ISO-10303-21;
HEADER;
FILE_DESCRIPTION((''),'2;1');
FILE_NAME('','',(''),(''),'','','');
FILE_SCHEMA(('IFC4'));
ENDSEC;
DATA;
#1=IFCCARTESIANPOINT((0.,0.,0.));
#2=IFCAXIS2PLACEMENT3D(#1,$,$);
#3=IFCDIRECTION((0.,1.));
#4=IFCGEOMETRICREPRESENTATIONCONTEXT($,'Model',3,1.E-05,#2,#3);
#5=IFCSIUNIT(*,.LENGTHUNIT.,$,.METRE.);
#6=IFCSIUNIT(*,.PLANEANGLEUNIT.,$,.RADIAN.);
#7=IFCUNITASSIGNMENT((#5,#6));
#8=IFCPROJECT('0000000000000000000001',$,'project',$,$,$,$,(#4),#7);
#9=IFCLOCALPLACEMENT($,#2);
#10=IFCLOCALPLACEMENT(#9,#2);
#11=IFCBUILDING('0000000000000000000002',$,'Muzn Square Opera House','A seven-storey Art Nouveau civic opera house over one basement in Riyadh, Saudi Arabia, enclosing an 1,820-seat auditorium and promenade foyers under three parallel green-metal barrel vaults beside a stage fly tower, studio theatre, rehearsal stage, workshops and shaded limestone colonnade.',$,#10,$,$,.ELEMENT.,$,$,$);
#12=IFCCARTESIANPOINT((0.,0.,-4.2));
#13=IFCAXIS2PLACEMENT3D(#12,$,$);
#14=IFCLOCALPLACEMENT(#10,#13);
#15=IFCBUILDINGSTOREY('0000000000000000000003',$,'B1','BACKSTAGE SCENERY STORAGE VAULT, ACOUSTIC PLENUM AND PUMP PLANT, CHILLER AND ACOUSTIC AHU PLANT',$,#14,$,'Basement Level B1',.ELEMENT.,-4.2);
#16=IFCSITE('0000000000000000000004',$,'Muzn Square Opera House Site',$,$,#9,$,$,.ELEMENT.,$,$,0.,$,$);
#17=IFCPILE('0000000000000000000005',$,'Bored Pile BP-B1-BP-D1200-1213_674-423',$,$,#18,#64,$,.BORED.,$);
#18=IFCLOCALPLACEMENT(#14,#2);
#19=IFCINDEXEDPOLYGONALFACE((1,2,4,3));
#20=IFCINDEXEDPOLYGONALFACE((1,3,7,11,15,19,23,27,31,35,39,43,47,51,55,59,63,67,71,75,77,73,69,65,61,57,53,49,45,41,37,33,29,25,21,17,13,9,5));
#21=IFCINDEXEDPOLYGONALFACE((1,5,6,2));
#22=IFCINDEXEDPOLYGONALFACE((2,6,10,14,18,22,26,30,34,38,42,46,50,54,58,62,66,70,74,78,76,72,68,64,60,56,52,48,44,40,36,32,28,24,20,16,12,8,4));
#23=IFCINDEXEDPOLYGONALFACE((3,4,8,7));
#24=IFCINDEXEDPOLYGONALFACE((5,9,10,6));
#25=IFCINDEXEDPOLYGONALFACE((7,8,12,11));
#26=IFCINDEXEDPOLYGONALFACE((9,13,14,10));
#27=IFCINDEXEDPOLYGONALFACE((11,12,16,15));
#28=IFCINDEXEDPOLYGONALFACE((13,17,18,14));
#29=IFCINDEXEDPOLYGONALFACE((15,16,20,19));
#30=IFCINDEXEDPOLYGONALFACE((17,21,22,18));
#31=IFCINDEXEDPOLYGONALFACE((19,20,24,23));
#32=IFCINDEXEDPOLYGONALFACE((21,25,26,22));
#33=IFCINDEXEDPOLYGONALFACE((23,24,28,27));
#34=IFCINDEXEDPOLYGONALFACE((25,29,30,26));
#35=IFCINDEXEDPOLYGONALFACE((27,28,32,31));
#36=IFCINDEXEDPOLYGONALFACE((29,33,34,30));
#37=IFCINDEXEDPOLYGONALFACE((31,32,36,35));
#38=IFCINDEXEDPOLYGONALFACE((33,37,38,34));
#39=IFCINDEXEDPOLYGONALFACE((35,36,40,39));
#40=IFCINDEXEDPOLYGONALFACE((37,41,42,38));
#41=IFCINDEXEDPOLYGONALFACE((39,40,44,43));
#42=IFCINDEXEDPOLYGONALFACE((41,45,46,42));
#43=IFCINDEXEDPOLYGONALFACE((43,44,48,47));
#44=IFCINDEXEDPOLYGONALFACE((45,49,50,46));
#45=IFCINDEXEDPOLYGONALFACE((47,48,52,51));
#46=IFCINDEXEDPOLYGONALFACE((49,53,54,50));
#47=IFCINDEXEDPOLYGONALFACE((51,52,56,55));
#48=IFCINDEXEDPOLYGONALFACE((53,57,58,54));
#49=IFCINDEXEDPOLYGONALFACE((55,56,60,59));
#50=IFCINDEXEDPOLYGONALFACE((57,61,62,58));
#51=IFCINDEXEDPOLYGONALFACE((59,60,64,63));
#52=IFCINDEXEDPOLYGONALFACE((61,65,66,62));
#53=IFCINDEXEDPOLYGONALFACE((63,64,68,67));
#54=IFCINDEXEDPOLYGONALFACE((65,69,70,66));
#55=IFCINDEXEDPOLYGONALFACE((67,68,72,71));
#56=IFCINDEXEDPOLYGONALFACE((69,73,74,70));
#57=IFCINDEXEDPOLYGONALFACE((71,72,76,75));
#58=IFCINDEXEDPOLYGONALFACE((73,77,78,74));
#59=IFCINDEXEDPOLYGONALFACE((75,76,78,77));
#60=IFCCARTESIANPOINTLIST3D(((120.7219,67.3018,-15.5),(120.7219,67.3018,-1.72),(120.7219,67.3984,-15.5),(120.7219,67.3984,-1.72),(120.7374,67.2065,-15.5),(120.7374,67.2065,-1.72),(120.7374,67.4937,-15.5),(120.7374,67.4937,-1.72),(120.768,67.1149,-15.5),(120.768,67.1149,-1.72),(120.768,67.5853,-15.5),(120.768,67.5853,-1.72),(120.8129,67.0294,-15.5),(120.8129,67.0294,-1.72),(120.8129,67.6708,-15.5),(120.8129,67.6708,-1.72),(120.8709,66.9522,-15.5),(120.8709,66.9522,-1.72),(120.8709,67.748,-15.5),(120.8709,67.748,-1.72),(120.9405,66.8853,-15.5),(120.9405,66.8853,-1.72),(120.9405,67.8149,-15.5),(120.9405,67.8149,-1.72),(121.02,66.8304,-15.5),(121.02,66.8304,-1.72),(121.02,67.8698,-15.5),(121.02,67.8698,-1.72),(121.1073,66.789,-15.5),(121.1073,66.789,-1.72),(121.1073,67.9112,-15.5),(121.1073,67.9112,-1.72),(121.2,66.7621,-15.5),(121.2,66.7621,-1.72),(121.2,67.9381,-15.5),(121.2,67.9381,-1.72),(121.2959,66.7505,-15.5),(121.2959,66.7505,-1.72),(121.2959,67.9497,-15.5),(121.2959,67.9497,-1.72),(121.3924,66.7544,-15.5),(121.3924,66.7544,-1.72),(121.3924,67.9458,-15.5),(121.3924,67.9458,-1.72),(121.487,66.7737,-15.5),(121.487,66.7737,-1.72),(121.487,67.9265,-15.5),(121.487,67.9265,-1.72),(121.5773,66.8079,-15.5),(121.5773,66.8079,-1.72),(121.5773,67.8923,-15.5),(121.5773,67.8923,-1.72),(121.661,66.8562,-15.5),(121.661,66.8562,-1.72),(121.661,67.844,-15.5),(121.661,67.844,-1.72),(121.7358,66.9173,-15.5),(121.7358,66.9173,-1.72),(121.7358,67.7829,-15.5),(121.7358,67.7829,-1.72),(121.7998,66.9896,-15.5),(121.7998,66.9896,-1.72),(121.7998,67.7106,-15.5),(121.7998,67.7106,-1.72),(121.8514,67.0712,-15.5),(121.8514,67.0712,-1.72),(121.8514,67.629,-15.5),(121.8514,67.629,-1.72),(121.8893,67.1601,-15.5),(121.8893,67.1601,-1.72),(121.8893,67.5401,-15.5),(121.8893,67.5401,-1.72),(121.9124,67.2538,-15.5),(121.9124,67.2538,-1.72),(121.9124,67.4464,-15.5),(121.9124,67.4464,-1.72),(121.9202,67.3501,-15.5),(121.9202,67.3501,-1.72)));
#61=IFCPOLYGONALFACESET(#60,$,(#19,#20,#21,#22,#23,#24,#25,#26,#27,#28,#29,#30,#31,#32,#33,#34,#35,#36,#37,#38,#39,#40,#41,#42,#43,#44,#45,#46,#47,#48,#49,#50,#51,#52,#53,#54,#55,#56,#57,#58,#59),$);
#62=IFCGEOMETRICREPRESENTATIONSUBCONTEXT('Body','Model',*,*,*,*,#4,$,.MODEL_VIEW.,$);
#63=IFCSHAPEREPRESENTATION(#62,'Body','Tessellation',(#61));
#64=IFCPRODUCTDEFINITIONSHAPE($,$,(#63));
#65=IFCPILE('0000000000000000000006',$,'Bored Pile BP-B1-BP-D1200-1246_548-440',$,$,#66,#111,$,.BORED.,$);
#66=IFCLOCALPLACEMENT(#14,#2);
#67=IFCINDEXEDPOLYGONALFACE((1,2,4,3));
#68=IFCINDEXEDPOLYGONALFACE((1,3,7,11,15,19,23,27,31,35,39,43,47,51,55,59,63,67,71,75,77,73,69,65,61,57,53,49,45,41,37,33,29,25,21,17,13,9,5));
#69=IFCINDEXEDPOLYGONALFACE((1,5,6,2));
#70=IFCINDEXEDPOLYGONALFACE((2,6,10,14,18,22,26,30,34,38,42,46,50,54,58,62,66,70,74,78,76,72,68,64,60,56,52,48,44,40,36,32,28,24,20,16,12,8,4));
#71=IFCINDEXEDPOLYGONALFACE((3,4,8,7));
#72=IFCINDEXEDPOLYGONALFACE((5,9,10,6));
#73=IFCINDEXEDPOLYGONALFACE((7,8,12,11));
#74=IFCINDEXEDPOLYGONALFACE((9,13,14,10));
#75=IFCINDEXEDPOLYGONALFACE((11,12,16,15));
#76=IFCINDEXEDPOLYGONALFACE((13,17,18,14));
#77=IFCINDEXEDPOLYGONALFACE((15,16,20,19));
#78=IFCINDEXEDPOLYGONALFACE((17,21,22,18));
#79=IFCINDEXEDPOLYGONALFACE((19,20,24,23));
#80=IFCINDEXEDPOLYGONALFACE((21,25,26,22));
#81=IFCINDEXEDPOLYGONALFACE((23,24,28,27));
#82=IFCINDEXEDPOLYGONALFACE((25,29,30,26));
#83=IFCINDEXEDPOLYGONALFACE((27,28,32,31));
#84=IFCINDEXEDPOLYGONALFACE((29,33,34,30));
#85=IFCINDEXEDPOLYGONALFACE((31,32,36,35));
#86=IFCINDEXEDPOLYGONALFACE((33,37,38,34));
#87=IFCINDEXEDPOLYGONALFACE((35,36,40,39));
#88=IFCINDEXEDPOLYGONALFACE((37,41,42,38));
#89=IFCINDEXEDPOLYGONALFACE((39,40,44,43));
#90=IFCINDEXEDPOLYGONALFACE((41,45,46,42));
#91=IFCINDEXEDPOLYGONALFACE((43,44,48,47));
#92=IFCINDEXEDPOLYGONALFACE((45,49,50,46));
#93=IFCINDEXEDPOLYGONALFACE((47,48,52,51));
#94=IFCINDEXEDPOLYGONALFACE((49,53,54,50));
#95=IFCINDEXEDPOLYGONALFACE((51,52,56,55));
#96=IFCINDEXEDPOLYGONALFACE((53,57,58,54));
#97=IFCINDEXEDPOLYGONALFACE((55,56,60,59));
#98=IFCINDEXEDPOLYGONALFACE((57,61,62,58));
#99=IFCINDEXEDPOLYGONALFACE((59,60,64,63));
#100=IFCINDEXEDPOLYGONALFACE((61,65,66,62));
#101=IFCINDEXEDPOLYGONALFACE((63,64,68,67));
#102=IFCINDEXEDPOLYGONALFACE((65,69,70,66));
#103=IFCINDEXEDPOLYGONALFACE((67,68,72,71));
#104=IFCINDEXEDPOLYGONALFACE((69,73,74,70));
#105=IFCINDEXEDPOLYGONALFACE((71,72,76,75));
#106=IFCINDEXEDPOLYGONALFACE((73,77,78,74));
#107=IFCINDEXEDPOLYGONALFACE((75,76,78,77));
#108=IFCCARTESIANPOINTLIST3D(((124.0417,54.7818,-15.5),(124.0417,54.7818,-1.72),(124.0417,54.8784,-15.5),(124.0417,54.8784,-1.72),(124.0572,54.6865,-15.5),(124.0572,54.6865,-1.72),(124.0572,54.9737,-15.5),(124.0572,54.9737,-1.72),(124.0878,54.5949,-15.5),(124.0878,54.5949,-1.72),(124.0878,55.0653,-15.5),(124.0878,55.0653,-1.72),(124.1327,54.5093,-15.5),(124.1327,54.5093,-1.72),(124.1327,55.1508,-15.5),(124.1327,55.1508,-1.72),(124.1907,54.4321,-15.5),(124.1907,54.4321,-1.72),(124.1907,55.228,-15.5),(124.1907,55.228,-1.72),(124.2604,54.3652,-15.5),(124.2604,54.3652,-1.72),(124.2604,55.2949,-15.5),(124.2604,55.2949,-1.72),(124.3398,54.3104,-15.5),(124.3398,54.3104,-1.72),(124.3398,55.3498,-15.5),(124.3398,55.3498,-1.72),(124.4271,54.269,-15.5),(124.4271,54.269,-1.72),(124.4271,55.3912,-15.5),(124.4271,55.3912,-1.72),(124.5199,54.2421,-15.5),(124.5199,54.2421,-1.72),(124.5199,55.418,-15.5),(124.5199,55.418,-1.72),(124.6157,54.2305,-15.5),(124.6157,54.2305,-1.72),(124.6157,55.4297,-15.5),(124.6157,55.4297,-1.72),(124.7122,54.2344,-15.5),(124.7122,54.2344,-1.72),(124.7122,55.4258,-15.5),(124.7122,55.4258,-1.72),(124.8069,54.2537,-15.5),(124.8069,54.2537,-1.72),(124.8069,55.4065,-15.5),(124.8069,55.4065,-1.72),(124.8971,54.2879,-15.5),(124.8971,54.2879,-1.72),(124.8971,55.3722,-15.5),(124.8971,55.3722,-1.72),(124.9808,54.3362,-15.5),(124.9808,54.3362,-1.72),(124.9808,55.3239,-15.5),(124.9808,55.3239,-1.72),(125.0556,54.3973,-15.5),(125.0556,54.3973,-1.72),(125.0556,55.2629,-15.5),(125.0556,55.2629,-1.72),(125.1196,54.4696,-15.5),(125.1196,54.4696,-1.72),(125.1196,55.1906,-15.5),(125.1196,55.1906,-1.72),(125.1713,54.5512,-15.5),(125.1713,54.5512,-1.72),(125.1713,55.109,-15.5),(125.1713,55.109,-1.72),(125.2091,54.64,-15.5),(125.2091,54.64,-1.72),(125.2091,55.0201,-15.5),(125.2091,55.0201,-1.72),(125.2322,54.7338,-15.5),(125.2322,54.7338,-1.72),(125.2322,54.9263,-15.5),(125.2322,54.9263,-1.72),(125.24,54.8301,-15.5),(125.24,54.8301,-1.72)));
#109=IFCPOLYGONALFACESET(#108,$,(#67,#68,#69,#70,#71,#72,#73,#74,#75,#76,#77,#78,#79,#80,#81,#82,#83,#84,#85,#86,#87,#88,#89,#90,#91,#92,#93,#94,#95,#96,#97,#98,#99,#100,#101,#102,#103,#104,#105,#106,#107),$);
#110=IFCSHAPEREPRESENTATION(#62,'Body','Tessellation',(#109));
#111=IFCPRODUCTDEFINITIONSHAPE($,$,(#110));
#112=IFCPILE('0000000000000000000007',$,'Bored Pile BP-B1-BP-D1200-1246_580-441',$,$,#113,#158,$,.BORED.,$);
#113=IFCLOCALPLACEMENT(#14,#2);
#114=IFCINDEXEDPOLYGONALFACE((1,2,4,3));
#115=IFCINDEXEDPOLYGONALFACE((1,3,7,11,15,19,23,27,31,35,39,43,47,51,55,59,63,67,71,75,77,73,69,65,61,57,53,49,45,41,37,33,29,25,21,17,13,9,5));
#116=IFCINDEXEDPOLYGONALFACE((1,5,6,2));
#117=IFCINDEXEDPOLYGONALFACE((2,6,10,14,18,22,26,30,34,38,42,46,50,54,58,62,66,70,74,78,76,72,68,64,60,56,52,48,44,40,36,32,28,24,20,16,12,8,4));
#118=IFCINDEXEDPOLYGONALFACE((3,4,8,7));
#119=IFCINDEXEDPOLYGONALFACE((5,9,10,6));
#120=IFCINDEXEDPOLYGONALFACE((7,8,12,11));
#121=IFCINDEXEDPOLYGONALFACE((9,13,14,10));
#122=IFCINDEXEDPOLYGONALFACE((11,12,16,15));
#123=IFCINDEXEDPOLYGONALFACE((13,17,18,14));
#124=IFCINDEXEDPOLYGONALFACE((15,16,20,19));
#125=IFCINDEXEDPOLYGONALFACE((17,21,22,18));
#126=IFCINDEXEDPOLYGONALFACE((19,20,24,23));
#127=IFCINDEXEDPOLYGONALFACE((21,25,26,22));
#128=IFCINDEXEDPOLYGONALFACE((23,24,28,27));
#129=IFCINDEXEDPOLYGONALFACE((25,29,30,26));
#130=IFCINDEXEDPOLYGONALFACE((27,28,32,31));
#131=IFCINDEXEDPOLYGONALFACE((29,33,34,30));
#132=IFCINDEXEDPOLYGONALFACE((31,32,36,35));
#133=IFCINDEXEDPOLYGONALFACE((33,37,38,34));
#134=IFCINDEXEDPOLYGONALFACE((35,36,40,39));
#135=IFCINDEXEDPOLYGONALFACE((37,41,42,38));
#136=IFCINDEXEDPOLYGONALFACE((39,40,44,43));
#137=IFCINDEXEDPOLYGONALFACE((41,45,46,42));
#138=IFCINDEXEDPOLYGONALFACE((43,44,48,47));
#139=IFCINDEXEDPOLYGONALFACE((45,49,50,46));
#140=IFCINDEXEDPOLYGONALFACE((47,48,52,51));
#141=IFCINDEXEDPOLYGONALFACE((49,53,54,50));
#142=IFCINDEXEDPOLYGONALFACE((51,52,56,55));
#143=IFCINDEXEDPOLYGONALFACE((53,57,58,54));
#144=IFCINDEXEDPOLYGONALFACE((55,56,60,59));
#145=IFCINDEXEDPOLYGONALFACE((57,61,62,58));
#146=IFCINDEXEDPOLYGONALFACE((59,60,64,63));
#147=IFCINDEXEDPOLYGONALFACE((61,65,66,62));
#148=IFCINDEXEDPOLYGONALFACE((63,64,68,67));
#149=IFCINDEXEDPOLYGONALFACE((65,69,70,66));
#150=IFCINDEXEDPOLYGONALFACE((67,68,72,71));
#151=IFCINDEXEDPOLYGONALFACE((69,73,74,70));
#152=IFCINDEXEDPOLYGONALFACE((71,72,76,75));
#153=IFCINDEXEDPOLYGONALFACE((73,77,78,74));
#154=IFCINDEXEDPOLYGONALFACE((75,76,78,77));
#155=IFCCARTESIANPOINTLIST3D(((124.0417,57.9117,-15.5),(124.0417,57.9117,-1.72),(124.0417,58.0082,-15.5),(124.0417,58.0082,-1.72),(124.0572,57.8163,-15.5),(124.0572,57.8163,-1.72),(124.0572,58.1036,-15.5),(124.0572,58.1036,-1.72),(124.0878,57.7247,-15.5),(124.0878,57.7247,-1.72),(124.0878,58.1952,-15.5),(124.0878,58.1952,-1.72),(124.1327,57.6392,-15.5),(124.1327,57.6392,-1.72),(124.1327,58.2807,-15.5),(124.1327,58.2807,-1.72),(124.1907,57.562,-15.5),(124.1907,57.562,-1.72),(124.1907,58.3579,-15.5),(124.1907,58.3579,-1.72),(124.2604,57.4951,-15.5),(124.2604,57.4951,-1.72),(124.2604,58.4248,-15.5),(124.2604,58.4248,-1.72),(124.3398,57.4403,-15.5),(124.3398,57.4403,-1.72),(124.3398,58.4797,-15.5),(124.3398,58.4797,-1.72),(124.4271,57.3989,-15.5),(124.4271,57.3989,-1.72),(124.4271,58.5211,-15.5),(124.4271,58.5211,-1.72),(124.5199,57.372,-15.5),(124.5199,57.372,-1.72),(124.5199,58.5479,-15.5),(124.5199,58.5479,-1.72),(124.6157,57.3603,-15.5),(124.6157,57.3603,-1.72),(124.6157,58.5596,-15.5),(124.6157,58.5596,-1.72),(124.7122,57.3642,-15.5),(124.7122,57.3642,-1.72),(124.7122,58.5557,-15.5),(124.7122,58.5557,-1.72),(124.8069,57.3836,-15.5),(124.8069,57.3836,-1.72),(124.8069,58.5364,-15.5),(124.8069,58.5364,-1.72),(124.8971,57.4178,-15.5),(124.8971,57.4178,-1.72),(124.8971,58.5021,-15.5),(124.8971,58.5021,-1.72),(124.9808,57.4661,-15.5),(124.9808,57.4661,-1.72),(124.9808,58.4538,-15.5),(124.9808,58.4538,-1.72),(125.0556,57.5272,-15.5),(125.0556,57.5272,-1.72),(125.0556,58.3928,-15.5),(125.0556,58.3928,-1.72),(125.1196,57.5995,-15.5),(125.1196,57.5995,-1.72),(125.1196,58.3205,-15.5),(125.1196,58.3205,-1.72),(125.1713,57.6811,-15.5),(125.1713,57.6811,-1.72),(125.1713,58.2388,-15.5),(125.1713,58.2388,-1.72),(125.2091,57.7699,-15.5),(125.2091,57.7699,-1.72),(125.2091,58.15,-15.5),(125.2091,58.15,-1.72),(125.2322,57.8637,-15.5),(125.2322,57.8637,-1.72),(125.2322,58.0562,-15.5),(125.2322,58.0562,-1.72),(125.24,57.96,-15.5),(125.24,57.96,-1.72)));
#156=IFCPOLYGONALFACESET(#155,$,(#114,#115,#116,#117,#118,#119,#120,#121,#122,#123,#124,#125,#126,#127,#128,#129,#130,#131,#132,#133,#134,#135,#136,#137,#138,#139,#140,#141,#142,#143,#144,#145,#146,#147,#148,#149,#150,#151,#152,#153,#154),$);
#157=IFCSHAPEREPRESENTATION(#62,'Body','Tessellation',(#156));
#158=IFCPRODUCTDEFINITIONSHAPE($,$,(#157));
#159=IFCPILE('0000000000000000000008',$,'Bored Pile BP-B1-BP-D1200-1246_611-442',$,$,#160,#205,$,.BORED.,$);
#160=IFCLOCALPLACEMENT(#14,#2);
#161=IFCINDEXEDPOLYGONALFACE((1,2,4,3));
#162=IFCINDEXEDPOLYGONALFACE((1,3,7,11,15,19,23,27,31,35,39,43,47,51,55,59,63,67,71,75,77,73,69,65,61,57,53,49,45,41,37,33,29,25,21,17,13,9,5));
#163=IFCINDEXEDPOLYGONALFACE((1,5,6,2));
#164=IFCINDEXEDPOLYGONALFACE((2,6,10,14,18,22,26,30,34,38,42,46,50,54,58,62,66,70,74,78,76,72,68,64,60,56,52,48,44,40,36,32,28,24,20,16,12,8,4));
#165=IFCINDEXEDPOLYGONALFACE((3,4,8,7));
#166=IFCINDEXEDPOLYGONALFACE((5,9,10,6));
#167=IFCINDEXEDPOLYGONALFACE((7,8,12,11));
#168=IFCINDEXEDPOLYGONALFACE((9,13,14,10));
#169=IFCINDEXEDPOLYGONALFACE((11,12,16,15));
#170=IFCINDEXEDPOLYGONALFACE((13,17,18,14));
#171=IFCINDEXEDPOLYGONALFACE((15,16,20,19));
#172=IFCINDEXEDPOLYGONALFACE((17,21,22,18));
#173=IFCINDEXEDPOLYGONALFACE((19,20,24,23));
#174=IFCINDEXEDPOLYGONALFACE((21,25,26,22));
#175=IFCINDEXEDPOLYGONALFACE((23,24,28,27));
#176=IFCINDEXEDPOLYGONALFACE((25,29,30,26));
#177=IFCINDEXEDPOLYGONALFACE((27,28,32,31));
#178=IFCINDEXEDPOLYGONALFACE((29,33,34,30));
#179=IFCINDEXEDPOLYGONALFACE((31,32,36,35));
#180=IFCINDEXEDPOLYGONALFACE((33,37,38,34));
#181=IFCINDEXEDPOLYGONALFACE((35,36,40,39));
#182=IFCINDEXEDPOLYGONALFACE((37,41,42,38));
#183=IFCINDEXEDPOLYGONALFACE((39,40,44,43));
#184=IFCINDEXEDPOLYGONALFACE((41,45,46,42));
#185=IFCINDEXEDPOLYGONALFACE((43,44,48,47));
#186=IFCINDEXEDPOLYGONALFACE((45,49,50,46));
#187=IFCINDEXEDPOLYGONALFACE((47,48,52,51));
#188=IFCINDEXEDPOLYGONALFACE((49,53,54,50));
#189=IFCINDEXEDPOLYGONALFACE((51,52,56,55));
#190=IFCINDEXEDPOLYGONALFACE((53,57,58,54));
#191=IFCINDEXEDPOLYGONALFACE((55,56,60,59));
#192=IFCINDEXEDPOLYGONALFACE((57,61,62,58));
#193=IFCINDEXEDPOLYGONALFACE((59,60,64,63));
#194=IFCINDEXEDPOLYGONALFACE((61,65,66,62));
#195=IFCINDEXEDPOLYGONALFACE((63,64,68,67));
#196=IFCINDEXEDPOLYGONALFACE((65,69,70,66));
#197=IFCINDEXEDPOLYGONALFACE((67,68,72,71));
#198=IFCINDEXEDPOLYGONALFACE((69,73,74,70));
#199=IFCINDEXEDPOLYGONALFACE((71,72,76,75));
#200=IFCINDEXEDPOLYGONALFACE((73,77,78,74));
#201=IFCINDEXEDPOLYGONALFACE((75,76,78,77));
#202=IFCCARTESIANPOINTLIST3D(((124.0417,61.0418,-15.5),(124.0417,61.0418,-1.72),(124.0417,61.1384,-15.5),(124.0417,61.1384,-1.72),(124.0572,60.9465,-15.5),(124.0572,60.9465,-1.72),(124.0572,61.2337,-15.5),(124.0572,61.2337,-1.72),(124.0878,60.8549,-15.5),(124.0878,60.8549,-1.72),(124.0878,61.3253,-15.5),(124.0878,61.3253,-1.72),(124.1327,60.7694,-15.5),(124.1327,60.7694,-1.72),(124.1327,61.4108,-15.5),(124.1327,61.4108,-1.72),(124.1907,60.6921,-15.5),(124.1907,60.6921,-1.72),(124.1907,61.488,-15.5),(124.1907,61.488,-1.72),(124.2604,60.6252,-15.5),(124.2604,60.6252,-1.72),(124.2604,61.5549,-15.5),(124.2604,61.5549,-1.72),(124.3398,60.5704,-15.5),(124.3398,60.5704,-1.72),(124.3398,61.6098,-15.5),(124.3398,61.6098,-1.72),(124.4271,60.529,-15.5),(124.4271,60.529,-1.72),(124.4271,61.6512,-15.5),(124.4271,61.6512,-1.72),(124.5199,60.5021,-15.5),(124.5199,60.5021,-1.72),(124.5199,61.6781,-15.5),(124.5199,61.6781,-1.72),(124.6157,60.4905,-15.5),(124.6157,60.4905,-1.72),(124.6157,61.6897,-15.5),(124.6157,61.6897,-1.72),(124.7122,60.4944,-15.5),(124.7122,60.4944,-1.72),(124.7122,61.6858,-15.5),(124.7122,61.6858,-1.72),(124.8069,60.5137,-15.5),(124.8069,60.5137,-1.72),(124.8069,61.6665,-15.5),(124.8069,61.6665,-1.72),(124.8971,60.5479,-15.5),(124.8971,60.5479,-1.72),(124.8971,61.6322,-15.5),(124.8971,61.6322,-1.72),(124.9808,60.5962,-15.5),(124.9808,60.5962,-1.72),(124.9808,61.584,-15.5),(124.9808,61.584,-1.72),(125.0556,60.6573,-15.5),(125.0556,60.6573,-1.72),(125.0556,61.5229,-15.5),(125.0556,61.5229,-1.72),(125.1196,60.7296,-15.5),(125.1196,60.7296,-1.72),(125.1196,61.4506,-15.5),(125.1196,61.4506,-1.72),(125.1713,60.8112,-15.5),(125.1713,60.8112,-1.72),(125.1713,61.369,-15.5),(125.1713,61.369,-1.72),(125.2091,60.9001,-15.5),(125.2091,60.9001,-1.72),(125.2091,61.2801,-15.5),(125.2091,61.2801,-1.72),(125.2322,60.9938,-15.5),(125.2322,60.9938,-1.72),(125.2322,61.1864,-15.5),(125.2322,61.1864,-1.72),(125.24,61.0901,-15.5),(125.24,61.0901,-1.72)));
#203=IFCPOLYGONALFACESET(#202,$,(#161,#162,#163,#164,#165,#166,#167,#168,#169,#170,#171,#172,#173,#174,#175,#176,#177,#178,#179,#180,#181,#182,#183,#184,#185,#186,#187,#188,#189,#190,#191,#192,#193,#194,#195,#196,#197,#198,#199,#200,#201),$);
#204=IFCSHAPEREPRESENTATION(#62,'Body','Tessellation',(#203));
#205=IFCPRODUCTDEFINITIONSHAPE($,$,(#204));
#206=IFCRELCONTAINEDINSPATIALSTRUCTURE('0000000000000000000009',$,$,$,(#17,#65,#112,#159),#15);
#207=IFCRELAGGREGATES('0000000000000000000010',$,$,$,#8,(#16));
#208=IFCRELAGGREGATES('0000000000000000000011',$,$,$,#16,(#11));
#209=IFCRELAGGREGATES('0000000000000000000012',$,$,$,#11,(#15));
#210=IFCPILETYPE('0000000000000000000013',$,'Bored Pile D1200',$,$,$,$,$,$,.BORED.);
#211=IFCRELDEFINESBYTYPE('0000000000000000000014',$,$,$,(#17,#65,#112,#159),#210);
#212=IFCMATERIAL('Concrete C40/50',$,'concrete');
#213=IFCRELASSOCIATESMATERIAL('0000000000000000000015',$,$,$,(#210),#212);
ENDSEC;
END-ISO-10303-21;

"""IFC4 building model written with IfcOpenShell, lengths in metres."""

from ifc_helpers import new_model, si_unit, direction, frame, origin, origin_2d, place, context, subcontext, project, spatial, circle, extrude, material, material_profile, profile_set, type_object, element, save


model = new_model("IFC4")

# Units and contexts
model_context = context("Model", 3, precision=1e-05, world=origin(), true_north=direction((0.0, 1.0)))
body_context = subcontext(model_context, "Body", "Model", "MODEL_VIEW")
ifc_project = project(units=[si_unit("LENGTHUNIT", "METRE"), si_unit("PLANEANGLEUNIT", "RADIAN")], contexts=[model_context])

# Site, building, storey
site_placement = place(None, origin())
site = spatial("IfcSite", under=ifc_project, at=site_placement, Name="Muzn Square Opera House Site", CompositionType="ELEMENT", RefElevation=0.0)
building_placement = place(site_placement, origin())
building = spatial("IfcBuilding", under=site, at=building_placement, Name="Muzn Square Opera House", Description="A seven-storey Art Nouveau civic opera house over one basement in Riyadh, Saudi Arabia, enclosing an 1,820-seat auditorium and promenade foyers under three parallel green-metal barrel vaults beside a stage fly tower, studio theatre, rehearsal stage, workshops and shaded limestone colonnade.", CompositionType="ELEMENT")
storey_placement = place(building_placement, frame((0.0, 0.0, -4.2)))
storey = spatial("IfcBuildingStorey", under=building, at=storey_placement, Name="B1", Description="BACKSTAGE SCENERY STORAGE VAULT, ACOUSTIC PLENUM AND PUMP PLANT, CHILLER AND ACOUSTIC AHU PLANT", LongName="Basement Level B1", CompositionType="ELEMENT", Elevation=-4.2)

# Piles
ifc_material_1 = material(Name="Concrete C40/50", Category="concrete")
ifc_material_profile_1 = material_profile(ifc_material_1, circle(Radius=0.6001, at=origin_2d()), Name="BORED PILE D1200", Category="concrete")
ifc_profile_set_1 = profile_set([ifc_material_profile_1], Name="Concrete C40/50")
pile_type = type_object("IfcPileType", Name="Bored Pile D1200", PredefinedType="BORED", material=ifc_profile_set_1)
for number, where, z_axis, x_axis, name in (
    (1, (121.3201, 67.3501, -1.72), (0.0, 0.0, -1.0), (1.0, 0.0, 0.0), "Bored Pile BP-B1-BP-D1200-1213_674-423"),
    (2, (124.6399, 54.8301, -1.72), (0.0, 0.0, -1.0), (1.0, 0.0, 0.0), "Bored Pile BP-B1-BP-D1200-1246_548-440"),
    (3, (124.6399, 57.96, -1.72), (0.0, 0.0, -1.0), (1.0, 0.0, 0.0), "Bored Pile BP-B1-BP-D1200-1246_580-441"),
    (4, (124.6399, 61.0901, -1.72), (0.0, 0.0, -1.0), (1.0, 0.0, 0.0), "Bored Pile BP-B1-BP-D1200-1246_611-442"),
):
    element("IfcPile", number, at=place(storey_placement, frame(where, z_axis=z_axis, x_axis=x_axis)), inside=storey, type_object=pile_type, Name=name, PredefinedType="BORED", context=body_context, shape_type="SweptSolid", body=[
        extrude(circle(Radius=0.6001, at=origin_2d()), origin(), (0.0, 0.0, 1.0), 13.78),
    ])

save(model, "model.ifc")
